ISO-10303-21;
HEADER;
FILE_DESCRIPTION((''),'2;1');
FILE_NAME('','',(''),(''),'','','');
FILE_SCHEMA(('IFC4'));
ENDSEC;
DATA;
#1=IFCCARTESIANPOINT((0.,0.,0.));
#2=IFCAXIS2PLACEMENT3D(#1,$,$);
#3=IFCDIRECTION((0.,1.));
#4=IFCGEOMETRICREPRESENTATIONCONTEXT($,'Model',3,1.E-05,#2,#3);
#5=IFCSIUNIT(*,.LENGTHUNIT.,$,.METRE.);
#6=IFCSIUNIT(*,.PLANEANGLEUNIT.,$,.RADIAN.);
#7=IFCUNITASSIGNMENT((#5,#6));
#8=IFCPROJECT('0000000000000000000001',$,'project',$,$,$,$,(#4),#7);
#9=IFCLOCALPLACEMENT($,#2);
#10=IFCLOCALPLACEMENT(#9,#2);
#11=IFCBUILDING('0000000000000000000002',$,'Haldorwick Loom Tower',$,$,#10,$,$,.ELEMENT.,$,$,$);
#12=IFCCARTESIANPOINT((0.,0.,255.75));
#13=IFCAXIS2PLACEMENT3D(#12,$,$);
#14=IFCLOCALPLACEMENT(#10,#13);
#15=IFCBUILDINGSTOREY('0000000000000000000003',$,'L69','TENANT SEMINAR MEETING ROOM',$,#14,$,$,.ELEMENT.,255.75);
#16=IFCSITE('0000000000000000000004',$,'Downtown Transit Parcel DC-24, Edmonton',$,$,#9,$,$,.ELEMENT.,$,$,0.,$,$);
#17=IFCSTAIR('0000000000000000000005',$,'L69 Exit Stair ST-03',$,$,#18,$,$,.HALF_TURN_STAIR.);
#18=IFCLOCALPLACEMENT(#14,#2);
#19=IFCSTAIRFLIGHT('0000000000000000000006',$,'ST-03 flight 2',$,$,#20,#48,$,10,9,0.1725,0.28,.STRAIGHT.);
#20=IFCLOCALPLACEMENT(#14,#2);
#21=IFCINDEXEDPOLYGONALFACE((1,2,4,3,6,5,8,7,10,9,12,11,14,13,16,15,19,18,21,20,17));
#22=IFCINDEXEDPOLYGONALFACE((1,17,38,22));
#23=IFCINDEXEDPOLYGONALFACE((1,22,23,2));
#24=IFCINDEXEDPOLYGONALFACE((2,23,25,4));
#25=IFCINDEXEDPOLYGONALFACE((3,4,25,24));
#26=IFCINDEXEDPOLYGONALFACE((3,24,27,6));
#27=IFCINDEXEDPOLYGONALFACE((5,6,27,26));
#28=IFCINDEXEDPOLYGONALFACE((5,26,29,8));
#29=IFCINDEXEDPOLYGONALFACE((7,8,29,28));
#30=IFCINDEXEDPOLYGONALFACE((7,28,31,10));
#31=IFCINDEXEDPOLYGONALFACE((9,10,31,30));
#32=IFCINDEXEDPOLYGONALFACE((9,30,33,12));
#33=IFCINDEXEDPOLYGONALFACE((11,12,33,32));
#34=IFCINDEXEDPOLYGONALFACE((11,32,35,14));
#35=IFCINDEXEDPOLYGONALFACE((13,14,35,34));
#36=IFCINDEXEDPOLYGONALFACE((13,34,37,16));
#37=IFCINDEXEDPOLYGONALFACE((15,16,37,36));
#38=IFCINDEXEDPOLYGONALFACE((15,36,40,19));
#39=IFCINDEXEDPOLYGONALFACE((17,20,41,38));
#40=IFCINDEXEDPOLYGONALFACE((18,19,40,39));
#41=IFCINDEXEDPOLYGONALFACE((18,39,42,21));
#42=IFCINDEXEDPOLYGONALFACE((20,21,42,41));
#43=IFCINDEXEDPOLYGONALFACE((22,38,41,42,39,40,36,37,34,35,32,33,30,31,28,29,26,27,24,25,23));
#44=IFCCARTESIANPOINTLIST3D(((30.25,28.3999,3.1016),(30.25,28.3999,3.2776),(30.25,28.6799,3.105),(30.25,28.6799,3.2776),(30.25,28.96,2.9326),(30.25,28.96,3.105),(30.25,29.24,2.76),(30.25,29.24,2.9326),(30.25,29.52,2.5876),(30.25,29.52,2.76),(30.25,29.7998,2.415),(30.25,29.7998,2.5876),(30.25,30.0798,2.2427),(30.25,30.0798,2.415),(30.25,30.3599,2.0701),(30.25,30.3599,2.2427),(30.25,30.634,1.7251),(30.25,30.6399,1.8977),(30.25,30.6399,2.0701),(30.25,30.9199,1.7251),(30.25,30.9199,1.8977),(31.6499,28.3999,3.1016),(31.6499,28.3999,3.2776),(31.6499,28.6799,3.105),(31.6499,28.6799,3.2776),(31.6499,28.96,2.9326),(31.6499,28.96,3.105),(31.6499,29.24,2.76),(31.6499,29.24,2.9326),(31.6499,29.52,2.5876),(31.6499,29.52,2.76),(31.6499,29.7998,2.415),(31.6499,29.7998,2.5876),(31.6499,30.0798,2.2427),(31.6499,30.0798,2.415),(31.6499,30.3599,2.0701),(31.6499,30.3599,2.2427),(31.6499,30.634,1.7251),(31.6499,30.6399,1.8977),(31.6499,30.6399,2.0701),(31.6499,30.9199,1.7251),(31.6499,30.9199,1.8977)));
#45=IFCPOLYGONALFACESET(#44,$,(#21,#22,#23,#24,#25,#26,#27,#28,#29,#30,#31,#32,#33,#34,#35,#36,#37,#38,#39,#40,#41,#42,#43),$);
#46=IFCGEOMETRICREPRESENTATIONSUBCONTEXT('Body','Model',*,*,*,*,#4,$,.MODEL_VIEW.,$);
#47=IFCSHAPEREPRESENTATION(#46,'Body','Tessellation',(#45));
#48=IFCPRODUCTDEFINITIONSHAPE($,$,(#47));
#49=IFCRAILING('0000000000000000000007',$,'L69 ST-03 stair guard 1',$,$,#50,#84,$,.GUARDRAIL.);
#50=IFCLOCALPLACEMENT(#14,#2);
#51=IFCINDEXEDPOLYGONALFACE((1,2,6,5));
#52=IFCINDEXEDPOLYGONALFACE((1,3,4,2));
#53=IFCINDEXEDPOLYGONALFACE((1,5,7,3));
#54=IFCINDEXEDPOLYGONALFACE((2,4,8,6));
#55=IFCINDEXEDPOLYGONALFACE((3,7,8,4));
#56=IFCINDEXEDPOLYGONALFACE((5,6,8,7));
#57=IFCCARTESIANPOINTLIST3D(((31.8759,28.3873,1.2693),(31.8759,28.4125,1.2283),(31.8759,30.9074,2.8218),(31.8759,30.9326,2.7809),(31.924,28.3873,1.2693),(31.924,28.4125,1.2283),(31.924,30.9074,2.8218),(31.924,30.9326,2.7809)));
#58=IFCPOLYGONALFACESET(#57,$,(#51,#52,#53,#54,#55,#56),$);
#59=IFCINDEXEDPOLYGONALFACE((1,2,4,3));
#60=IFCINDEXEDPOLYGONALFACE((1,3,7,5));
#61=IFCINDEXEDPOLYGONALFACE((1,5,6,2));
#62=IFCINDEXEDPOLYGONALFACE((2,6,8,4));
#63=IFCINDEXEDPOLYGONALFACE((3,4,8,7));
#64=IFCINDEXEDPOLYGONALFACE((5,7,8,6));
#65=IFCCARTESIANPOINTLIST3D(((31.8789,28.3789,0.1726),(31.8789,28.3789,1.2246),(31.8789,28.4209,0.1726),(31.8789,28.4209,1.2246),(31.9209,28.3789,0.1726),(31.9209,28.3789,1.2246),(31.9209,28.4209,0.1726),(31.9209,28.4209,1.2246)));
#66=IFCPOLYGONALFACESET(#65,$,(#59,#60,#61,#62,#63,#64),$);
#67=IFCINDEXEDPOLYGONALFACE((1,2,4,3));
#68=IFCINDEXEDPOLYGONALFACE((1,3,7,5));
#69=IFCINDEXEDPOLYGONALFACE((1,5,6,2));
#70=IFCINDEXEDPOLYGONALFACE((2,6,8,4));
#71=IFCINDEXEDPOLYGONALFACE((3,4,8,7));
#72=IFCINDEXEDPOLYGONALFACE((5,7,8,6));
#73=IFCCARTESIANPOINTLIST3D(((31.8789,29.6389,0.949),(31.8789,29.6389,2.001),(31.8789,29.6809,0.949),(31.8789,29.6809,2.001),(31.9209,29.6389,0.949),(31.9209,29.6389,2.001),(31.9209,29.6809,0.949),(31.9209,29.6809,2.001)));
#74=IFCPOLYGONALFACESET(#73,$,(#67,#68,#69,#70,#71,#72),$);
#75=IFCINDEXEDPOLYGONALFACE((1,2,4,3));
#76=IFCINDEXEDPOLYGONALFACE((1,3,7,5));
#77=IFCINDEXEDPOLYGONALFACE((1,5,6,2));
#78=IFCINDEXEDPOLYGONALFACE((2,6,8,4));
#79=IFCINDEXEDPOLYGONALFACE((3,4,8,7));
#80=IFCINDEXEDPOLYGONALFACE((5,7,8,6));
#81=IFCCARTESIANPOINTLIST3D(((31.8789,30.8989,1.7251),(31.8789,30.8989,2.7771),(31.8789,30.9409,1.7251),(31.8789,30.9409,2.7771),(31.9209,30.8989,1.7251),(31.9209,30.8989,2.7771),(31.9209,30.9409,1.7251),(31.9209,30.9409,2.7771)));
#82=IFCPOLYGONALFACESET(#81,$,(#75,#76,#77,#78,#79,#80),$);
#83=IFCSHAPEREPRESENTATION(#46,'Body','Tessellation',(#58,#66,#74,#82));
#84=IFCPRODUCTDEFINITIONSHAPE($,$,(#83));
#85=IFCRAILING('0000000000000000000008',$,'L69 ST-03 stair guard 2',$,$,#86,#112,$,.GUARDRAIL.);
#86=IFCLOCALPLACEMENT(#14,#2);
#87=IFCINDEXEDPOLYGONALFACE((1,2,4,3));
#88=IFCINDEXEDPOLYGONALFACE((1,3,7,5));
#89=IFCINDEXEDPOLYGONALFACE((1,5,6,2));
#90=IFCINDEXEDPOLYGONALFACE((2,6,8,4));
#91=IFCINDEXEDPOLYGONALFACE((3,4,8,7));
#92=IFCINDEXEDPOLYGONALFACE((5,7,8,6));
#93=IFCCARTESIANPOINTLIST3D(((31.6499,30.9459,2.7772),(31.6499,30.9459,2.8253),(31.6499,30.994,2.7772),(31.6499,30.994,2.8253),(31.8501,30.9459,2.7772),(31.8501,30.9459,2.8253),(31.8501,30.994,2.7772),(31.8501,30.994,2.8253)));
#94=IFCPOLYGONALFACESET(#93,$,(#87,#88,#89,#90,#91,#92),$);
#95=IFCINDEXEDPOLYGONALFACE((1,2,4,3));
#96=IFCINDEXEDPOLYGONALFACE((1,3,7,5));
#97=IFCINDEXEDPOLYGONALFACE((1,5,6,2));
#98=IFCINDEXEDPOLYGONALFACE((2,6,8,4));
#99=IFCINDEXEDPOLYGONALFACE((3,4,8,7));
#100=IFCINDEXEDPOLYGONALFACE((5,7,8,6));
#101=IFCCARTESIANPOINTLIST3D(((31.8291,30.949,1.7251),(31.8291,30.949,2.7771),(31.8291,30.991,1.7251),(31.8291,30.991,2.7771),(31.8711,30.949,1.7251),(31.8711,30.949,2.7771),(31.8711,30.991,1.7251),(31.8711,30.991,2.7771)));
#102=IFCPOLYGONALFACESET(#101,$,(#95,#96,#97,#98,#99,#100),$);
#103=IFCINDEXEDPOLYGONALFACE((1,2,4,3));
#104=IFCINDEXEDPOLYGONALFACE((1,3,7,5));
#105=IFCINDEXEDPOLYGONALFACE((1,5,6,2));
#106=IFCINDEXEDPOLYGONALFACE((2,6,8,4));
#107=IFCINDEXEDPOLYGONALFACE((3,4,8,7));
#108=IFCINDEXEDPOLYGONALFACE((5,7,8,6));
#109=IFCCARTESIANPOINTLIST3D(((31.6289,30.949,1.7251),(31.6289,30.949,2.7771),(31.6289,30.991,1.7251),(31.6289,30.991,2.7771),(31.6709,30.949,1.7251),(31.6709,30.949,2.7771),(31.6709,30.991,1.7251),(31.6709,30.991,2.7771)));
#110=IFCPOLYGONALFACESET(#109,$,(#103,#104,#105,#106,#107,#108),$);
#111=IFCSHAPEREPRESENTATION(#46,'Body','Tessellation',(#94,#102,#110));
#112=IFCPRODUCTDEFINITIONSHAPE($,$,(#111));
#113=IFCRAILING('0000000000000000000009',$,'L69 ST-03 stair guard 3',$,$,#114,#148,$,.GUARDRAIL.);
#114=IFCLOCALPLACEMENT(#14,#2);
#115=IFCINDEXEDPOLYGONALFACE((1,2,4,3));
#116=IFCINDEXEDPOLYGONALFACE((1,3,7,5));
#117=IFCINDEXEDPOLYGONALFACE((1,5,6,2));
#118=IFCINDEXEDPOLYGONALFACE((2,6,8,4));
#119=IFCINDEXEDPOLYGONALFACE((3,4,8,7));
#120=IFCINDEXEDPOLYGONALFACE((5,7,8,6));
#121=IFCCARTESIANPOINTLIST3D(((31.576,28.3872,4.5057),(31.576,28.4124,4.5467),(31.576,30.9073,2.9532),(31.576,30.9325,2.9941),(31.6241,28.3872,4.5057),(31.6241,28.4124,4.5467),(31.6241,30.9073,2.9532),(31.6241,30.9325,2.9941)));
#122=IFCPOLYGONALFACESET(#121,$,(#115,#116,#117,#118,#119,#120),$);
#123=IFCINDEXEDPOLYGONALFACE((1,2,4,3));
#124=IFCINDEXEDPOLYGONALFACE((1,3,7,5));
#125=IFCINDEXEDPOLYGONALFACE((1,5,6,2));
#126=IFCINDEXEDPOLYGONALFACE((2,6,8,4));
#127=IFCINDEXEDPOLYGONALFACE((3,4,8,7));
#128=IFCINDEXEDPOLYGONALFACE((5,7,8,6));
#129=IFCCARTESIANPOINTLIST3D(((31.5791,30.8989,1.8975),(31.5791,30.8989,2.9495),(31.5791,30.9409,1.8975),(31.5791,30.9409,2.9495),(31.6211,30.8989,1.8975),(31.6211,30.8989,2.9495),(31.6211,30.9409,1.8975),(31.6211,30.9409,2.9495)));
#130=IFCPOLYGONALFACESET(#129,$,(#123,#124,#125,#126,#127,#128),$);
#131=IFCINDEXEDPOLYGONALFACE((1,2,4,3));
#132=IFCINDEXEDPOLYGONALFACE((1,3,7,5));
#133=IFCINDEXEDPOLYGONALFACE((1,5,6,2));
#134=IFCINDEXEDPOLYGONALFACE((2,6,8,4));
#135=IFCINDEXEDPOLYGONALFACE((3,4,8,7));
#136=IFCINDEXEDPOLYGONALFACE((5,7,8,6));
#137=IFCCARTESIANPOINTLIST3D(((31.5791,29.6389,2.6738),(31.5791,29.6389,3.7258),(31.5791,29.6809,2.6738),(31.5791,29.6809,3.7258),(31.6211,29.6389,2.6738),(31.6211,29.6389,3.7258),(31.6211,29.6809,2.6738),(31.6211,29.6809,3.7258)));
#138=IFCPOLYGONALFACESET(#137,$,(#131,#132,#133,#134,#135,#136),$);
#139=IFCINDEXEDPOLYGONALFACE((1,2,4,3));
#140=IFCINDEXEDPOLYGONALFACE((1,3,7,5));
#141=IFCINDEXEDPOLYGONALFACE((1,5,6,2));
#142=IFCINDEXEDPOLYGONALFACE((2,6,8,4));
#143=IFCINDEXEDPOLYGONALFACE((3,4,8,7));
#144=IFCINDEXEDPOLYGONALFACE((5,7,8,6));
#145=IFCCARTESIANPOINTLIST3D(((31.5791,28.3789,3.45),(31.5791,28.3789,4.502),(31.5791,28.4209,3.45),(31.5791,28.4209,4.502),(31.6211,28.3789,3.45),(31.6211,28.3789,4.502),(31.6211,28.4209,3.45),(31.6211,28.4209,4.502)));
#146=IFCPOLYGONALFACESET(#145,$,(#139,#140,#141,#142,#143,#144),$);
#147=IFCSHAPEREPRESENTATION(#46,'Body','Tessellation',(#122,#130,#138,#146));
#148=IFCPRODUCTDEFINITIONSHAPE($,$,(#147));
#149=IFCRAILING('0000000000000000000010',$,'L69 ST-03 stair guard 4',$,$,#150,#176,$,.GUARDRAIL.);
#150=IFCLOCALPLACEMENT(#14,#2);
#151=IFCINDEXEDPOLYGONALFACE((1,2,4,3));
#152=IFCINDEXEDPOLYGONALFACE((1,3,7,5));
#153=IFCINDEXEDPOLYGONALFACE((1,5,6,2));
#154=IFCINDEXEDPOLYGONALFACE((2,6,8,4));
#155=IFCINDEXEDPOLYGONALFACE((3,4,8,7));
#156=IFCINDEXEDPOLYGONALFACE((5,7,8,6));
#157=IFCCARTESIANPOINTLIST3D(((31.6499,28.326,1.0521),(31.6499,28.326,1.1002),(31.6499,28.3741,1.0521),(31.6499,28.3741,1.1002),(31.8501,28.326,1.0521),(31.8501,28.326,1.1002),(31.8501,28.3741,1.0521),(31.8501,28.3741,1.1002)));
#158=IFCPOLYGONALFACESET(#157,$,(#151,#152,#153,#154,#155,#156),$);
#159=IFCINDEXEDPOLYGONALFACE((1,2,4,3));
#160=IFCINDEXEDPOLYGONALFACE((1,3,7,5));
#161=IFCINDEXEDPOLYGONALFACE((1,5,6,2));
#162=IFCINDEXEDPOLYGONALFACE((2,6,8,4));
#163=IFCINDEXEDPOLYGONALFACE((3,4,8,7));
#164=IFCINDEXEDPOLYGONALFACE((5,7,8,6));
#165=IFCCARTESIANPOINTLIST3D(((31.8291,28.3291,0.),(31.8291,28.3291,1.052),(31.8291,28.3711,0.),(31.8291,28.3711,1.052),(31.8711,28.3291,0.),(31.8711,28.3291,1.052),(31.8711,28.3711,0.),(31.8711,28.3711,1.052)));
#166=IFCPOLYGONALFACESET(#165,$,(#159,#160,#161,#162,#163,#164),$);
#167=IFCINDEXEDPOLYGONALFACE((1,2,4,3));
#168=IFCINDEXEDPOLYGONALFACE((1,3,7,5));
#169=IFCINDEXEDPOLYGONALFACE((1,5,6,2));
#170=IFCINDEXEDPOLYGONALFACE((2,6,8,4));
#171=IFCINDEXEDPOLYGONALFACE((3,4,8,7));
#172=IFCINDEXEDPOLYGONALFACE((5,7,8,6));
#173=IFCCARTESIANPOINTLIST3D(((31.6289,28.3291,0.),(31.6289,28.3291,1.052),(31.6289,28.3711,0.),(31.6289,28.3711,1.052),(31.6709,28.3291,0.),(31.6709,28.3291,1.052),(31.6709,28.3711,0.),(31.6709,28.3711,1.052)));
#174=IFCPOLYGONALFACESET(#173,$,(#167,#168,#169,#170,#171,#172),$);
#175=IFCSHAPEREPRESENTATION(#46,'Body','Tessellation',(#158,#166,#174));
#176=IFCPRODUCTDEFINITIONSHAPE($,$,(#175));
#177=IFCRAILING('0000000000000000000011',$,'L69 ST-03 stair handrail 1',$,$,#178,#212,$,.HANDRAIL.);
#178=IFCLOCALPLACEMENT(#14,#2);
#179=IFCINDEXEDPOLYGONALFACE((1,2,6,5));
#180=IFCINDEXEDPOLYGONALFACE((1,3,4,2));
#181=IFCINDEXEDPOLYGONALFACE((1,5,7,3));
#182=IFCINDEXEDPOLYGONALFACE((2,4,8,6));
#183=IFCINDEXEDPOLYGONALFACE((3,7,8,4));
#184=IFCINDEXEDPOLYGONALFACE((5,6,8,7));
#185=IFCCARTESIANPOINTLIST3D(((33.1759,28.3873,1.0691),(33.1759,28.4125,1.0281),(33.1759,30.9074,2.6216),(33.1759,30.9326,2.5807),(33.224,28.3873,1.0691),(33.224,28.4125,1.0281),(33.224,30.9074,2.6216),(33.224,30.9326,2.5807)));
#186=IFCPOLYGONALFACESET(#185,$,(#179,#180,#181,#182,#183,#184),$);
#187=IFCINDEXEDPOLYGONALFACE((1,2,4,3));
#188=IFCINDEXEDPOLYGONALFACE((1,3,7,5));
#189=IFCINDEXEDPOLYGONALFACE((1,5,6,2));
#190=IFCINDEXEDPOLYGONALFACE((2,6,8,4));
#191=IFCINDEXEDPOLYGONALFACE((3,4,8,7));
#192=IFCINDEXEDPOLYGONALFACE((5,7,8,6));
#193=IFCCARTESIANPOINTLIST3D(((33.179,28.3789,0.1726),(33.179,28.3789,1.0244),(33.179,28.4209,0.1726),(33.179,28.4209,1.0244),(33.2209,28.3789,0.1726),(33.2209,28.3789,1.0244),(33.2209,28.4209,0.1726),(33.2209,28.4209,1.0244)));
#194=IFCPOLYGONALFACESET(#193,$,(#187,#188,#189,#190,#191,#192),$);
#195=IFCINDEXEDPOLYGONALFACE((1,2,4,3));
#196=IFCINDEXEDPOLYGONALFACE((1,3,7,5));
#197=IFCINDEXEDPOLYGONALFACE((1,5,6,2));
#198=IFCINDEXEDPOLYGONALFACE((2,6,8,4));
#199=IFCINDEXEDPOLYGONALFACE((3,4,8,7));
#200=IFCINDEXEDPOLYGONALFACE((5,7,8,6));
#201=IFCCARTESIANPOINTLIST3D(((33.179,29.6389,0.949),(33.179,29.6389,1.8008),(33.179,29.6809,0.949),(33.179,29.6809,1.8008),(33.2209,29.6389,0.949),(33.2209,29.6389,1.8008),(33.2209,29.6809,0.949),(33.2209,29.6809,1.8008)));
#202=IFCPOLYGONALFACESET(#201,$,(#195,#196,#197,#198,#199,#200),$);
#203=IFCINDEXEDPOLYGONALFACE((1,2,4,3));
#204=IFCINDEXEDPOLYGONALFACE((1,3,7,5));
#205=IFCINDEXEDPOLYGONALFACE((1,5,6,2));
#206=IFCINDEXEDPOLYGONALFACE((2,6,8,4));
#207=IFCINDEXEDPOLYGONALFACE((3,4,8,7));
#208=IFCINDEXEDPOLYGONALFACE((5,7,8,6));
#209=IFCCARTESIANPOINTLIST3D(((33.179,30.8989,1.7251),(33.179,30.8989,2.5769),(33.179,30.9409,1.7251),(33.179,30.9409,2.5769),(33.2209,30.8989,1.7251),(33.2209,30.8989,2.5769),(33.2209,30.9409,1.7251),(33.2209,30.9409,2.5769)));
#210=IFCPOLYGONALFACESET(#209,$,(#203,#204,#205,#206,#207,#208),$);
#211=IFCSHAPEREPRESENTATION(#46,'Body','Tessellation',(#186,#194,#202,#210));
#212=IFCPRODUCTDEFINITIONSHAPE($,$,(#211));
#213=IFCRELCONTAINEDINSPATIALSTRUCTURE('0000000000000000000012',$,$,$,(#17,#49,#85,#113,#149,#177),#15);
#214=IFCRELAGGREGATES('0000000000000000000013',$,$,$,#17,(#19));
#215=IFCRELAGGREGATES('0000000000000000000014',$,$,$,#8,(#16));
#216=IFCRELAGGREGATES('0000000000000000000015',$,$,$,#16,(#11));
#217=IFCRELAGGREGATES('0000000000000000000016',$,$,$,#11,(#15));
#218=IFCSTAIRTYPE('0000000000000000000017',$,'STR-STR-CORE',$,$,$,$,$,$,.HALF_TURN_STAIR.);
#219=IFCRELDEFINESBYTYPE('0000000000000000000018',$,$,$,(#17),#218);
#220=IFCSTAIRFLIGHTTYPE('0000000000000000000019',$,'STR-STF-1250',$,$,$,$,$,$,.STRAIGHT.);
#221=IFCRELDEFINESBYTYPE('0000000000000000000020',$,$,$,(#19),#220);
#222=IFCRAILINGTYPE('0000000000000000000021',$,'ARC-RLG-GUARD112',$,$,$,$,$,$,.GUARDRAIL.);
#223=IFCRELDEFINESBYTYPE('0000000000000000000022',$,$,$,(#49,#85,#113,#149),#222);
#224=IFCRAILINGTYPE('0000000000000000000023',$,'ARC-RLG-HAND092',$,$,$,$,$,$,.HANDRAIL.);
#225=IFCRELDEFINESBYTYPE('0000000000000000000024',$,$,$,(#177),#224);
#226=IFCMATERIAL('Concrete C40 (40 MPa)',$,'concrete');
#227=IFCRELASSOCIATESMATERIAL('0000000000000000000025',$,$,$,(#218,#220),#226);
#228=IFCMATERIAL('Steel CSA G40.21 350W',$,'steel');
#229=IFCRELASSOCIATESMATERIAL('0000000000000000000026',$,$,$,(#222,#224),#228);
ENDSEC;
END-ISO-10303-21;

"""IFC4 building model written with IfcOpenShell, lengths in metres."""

from ifc_helpers import new_model, si_unit, direction, frame, origin, origin_2d, place, context, subcontext, project, spatial, polyline, rectangle, outline, extrude, material, type_object, element, aggregate, save


model = new_model("IFC4")

# Units and contexts
model_context = context("Model", 3, precision=1e-05, world=origin(), true_north=direction((0.0, 1.0)))
body_context = subcontext(model_context, "Body", "Model", "MODEL_VIEW")
ifc_project = project(units=[si_unit("LENGTHUNIT", "METRE"), si_unit("PLANEANGLEUNIT", "RADIAN")], contexts=[model_context])

# Site, building, storey
site_placement = place(None, origin())
site = spatial("IfcSite", under=ifc_project, at=site_placement, Name="Downtown Transit Parcel DC-24, Edmonton", CompositionType="ELEMENT", RefElevation=0.0)
building_placement = place(site_placement, origin())
building = spatial("IfcBuilding", under=site, at=building_placement, Name="Haldorwick Loom Tower", CompositionType="ELEMENT")
storey_placement = place(building_placement, frame((0.0, 0.0, 255.75)))
storey = spatial("IfcBuildingStorey", under=building, at=storey_placement, Name="L69", Description="TENANT SEMINAR MEETING ROOM", CompositionType="ELEMENT", Elevation=255.75)

# Shared definitions
ifc_material_1 = material(Name="Steel CSA G40.21 350W", Category="steel")

# Stair, stair flight
ifc_material_2 = material(Name="Concrete C40 (40 MPa)", Category="concrete")
stair_type = type_object("IfcStairType", Name="STR-STR-CORE", PredefinedType="HALF_TURN_STAIR", material=ifc_material_2)
stair_placement = place(storey_placement, origin())
stair = element("IfcStair", 1, at=stair_placement, inside=storey, type_object=stair_type, Name="L69 Exit Stair ST-03", PredefinedType="HALF_TURN_STAIR")
stair_flight_type = type_object("IfcStairFlightType", Name="STR-STF-1250", PredefinedType="STRAIGHT", material=ifc_material_2)
stair_flight_1_placement = place(storey_placement, frame((30.95, 30.9199, 1.7251), z_axis=(0.0, 0.0, 1.0), x_axis=(0.0, -1.0, 0.0)))
stair_flight_1 = element("IfcStairFlight", 2, at=stair_flight_1_placement, type_object=stair_flight_type, Name="ST-03 flight 2", NumberOfRisers=10, NumberOfTreads=9, PredefinedType="STRAIGHT", RiserHeight=0.1725, TreadLength=0.28, context=body_context, shape_type="SweptSolid", body=[
    extrude(outline(polyline([(0.0, 0.0), (0.0, 0.1726), (0.28, 0.1726), (0.28, 0.345), (0.5601, 0.345), (0.5601, 0.5176), (0.8401, 0.5176), (0.8401, 0.6899), (1.1201, 0.6899), (1.1201, 0.8625), (1.3999, 0.8625), (1.3999, 1.0349), (1.6799, 1.0349), (1.6799, 1.2075), (1.96, 1.2075), (1.96, 1.3799), (2.24, 1.3799), (2.24, 1.5525), (2.52, 1.5525), (2.52, 1.7251), (2.52, 1.3765), (0.2859, 0.0), (0.0, 0.0)])), frame((0.0, 0.7, 0.0), z_axis=(0.0, -1.0, 0.0), x_axis=(1.0, 0.0, 0.0)), (0.0, 0.0, 1.0), 1.3999),
])
aggregate(stair, [stair_flight_1])

# Railings
railing_type_1 = type_object("IfcRailingType", Name="ARC-RLG-GUARD112", PredefinedType="GUARDRAIL", material=ifc_material_1)
railing_1_placement = place(storey_placement, frame((31.8999, 28.3999, 0.1726)))
element("IfcRailing", 3, at=railing_1_placement, inside=storey, type_object=railing_type_1, Name="L69 ST-03 stair guard 1", PredefinedType="GUARDRAIL", context=body_context, shape_type="SweptSolid", body=[
    extrude(rectangle(XDim=0.0481, YDim=0.0481, at=origin_2d()), frame((0.0, 0.0, 1.0762), z_axis=(0.0, 0.8514, 0.524516), x_axis=(-1.0, 0.0, 0.0)), (0.0, 0.0, 1.0), 2.96),
    extrude(rectangle(XDim=0.042, YDim=0.042, at=origin_2d()), origin(), (0.0, 0.0, 1.0), 1.052),
    extrude(rectangle(XDim=0.042, YDim=0.042, at=origin_2d()), frame((0.0, 1.26, 0.7764)), (0.0, 0.0, 1.0), 1.052),
    extrude(rectangle(XDim=0.042, YDim=0.042, at=origin_2d()), frame((0.0, 2.52, 1.5525)), (0.0, 0.0, 1.0), 1.052),
])
railing_2_placement = place(storey_placement, frame((31.8501, 30.97, 1.7251)))
element("IfcRailing", 4, at=railing_2_placement, inside=storey, type_object=railing_type_1, Name="L69 ST-03 stair guard 2", PredefinedType="GUARDRAIL", context=body_context, shape_type="SweptSolid", body=[
    extrude(rectangle(XDim=0.0481, YDim=0.0481, at=origin_2d()), frame((0.0, 0.0, 1.0762), z_axis=(-1.0, 0.0, 0.0), x_axis=(0.0, -1.0, 0.0)), (0.0, 0.0, 1.0), 0.2002),
    extrude(rectangle(XDim=0.042, YDim=0.042, at=origin_2d()), origin(), (0.0, 0.0, 1.0), 1.052),
    extrude(rectangle(XDim=0.042, YDim=0.042, at=origin_2d()), frame((-0.2002, 0.0, 0.0)), (0.0, 0.0, 1.0), 1.052),
])
railing_3_placement = place(storey_placement, frame((31.6001, 30.9199, 1.8975)))
element("IfcRailing", 5, at=railing_3_placement, inside=storey, type_object=railing_type_1, Name="L69 ST-03 stair guard 3", PredefinedType="GUARDRAIL", context=body_context, shape_type="SweptSolid", body=[
    extrude(rectangle(XDim=0.0481, YDim=0.0481, at=origin_2d()), frame((0.0, 0.0, 1.0762), z_axis=(0.0, -0.8514, 0.524516), x_axis=(1.0, 0.0, 0.0)), (0.0, 0.0, 1.0), 2.96),
    extrude(rectangle(XDim=0.042, YDim=0.042, at=origin_2d()), origin(), (0.0, 0.0, 1.0), 1.052),
    extrude(rectangle(XDim=0.042, YDim=0.042, at=origin_2d()), frame((0.0, -1.26, 0.7764)), (0.0, 0.0, 1.0), 1.052),
    extrude(rectangle(XDim=0.042, YDim=0.042, at=origin_2d()), frame((0.0, -2.52, 1.5525)), (0.0, 0.0, 1.0), 1.052),
])
railing_4_placement = place(storey_placement, frame((31.8501, 28.3501, 0.0)))
element("IfcRailing", 6, at=railing_4_placement, inside=storey, type_object=railing_type_1, Name="L69 ST-03 stair guard 4", PredefinedType="GUARDRAIL", context=body_context, shape_type="SweptSolid", body=[
    extrude(rectangle(XDim=0.0481, YDim=0.0481, at=origin_2d()), frame((0.0, 0.0, 1.0762), z_axis=(-1.0, 0.0, 0.0), x_axis=(0.0, -1.0, 0.0)), (0.0, 0.0, 1.0), 0.2002),
    extrude(rectangle(XDim=0.042, YDim=0.042, at=origin_2d()), origin(), (0.0, 0.0, 1.0), 1.052),
    extrude(rectangle(XDim=0.042, YDim=0.042, at=origin_2d()), frame((-0.2002, 0.0, 0.0)), (0.0, 0.0, 1.0), 1.052),
])
railing_type_2 = type_object("IfcRailingType", Name="ARC-RLG-HAND092", PredefinedType="HANDRAIL", material=ifc_material_1)
railing_5_placement = place(storey_placement, frame((33.2, 28.3999, 0.1726)))
element("IfcRailing", 7, at=railing_5_placement, inside=storey, type_object=railing_type_2, Name="L69 ST-03 stair handrail 1", PredefinedType="HANDRAIL", context=body_context, shape_type="SweptSolid", body=[
    extrude(rectangle(XDim=0.0481, YDim=0.0481, at=origin_2d()), frame((0.0, 0.0, 0.876), z_axis=(0.0, 0.8514, 0.524516), x_axis=(-1.0, 0.0, 0.0)), (0.0, 0.0, 1.0), 2.96),
    extrude(rectangle(XDim=0.042, YDim=0.042, at=origin_2d()), origin(), (0.0, 0.0, 1.0), 0.8518),
    extrude(rectangle(XDim=0.042, YDim=0.042, at=origin_2d()), frame((0.0, 1.26, 0.7764)), (0.0, 0.0, 1.0), 0.8518),
    extrude(rectangle(XDim=0.042, YDim=0.042, at=origin_2d()), frame((0.0, 2.52, 1.5525)), (0.0, 0.0, 1.0), 0.8518),
])

save(model, "model.ifc")
